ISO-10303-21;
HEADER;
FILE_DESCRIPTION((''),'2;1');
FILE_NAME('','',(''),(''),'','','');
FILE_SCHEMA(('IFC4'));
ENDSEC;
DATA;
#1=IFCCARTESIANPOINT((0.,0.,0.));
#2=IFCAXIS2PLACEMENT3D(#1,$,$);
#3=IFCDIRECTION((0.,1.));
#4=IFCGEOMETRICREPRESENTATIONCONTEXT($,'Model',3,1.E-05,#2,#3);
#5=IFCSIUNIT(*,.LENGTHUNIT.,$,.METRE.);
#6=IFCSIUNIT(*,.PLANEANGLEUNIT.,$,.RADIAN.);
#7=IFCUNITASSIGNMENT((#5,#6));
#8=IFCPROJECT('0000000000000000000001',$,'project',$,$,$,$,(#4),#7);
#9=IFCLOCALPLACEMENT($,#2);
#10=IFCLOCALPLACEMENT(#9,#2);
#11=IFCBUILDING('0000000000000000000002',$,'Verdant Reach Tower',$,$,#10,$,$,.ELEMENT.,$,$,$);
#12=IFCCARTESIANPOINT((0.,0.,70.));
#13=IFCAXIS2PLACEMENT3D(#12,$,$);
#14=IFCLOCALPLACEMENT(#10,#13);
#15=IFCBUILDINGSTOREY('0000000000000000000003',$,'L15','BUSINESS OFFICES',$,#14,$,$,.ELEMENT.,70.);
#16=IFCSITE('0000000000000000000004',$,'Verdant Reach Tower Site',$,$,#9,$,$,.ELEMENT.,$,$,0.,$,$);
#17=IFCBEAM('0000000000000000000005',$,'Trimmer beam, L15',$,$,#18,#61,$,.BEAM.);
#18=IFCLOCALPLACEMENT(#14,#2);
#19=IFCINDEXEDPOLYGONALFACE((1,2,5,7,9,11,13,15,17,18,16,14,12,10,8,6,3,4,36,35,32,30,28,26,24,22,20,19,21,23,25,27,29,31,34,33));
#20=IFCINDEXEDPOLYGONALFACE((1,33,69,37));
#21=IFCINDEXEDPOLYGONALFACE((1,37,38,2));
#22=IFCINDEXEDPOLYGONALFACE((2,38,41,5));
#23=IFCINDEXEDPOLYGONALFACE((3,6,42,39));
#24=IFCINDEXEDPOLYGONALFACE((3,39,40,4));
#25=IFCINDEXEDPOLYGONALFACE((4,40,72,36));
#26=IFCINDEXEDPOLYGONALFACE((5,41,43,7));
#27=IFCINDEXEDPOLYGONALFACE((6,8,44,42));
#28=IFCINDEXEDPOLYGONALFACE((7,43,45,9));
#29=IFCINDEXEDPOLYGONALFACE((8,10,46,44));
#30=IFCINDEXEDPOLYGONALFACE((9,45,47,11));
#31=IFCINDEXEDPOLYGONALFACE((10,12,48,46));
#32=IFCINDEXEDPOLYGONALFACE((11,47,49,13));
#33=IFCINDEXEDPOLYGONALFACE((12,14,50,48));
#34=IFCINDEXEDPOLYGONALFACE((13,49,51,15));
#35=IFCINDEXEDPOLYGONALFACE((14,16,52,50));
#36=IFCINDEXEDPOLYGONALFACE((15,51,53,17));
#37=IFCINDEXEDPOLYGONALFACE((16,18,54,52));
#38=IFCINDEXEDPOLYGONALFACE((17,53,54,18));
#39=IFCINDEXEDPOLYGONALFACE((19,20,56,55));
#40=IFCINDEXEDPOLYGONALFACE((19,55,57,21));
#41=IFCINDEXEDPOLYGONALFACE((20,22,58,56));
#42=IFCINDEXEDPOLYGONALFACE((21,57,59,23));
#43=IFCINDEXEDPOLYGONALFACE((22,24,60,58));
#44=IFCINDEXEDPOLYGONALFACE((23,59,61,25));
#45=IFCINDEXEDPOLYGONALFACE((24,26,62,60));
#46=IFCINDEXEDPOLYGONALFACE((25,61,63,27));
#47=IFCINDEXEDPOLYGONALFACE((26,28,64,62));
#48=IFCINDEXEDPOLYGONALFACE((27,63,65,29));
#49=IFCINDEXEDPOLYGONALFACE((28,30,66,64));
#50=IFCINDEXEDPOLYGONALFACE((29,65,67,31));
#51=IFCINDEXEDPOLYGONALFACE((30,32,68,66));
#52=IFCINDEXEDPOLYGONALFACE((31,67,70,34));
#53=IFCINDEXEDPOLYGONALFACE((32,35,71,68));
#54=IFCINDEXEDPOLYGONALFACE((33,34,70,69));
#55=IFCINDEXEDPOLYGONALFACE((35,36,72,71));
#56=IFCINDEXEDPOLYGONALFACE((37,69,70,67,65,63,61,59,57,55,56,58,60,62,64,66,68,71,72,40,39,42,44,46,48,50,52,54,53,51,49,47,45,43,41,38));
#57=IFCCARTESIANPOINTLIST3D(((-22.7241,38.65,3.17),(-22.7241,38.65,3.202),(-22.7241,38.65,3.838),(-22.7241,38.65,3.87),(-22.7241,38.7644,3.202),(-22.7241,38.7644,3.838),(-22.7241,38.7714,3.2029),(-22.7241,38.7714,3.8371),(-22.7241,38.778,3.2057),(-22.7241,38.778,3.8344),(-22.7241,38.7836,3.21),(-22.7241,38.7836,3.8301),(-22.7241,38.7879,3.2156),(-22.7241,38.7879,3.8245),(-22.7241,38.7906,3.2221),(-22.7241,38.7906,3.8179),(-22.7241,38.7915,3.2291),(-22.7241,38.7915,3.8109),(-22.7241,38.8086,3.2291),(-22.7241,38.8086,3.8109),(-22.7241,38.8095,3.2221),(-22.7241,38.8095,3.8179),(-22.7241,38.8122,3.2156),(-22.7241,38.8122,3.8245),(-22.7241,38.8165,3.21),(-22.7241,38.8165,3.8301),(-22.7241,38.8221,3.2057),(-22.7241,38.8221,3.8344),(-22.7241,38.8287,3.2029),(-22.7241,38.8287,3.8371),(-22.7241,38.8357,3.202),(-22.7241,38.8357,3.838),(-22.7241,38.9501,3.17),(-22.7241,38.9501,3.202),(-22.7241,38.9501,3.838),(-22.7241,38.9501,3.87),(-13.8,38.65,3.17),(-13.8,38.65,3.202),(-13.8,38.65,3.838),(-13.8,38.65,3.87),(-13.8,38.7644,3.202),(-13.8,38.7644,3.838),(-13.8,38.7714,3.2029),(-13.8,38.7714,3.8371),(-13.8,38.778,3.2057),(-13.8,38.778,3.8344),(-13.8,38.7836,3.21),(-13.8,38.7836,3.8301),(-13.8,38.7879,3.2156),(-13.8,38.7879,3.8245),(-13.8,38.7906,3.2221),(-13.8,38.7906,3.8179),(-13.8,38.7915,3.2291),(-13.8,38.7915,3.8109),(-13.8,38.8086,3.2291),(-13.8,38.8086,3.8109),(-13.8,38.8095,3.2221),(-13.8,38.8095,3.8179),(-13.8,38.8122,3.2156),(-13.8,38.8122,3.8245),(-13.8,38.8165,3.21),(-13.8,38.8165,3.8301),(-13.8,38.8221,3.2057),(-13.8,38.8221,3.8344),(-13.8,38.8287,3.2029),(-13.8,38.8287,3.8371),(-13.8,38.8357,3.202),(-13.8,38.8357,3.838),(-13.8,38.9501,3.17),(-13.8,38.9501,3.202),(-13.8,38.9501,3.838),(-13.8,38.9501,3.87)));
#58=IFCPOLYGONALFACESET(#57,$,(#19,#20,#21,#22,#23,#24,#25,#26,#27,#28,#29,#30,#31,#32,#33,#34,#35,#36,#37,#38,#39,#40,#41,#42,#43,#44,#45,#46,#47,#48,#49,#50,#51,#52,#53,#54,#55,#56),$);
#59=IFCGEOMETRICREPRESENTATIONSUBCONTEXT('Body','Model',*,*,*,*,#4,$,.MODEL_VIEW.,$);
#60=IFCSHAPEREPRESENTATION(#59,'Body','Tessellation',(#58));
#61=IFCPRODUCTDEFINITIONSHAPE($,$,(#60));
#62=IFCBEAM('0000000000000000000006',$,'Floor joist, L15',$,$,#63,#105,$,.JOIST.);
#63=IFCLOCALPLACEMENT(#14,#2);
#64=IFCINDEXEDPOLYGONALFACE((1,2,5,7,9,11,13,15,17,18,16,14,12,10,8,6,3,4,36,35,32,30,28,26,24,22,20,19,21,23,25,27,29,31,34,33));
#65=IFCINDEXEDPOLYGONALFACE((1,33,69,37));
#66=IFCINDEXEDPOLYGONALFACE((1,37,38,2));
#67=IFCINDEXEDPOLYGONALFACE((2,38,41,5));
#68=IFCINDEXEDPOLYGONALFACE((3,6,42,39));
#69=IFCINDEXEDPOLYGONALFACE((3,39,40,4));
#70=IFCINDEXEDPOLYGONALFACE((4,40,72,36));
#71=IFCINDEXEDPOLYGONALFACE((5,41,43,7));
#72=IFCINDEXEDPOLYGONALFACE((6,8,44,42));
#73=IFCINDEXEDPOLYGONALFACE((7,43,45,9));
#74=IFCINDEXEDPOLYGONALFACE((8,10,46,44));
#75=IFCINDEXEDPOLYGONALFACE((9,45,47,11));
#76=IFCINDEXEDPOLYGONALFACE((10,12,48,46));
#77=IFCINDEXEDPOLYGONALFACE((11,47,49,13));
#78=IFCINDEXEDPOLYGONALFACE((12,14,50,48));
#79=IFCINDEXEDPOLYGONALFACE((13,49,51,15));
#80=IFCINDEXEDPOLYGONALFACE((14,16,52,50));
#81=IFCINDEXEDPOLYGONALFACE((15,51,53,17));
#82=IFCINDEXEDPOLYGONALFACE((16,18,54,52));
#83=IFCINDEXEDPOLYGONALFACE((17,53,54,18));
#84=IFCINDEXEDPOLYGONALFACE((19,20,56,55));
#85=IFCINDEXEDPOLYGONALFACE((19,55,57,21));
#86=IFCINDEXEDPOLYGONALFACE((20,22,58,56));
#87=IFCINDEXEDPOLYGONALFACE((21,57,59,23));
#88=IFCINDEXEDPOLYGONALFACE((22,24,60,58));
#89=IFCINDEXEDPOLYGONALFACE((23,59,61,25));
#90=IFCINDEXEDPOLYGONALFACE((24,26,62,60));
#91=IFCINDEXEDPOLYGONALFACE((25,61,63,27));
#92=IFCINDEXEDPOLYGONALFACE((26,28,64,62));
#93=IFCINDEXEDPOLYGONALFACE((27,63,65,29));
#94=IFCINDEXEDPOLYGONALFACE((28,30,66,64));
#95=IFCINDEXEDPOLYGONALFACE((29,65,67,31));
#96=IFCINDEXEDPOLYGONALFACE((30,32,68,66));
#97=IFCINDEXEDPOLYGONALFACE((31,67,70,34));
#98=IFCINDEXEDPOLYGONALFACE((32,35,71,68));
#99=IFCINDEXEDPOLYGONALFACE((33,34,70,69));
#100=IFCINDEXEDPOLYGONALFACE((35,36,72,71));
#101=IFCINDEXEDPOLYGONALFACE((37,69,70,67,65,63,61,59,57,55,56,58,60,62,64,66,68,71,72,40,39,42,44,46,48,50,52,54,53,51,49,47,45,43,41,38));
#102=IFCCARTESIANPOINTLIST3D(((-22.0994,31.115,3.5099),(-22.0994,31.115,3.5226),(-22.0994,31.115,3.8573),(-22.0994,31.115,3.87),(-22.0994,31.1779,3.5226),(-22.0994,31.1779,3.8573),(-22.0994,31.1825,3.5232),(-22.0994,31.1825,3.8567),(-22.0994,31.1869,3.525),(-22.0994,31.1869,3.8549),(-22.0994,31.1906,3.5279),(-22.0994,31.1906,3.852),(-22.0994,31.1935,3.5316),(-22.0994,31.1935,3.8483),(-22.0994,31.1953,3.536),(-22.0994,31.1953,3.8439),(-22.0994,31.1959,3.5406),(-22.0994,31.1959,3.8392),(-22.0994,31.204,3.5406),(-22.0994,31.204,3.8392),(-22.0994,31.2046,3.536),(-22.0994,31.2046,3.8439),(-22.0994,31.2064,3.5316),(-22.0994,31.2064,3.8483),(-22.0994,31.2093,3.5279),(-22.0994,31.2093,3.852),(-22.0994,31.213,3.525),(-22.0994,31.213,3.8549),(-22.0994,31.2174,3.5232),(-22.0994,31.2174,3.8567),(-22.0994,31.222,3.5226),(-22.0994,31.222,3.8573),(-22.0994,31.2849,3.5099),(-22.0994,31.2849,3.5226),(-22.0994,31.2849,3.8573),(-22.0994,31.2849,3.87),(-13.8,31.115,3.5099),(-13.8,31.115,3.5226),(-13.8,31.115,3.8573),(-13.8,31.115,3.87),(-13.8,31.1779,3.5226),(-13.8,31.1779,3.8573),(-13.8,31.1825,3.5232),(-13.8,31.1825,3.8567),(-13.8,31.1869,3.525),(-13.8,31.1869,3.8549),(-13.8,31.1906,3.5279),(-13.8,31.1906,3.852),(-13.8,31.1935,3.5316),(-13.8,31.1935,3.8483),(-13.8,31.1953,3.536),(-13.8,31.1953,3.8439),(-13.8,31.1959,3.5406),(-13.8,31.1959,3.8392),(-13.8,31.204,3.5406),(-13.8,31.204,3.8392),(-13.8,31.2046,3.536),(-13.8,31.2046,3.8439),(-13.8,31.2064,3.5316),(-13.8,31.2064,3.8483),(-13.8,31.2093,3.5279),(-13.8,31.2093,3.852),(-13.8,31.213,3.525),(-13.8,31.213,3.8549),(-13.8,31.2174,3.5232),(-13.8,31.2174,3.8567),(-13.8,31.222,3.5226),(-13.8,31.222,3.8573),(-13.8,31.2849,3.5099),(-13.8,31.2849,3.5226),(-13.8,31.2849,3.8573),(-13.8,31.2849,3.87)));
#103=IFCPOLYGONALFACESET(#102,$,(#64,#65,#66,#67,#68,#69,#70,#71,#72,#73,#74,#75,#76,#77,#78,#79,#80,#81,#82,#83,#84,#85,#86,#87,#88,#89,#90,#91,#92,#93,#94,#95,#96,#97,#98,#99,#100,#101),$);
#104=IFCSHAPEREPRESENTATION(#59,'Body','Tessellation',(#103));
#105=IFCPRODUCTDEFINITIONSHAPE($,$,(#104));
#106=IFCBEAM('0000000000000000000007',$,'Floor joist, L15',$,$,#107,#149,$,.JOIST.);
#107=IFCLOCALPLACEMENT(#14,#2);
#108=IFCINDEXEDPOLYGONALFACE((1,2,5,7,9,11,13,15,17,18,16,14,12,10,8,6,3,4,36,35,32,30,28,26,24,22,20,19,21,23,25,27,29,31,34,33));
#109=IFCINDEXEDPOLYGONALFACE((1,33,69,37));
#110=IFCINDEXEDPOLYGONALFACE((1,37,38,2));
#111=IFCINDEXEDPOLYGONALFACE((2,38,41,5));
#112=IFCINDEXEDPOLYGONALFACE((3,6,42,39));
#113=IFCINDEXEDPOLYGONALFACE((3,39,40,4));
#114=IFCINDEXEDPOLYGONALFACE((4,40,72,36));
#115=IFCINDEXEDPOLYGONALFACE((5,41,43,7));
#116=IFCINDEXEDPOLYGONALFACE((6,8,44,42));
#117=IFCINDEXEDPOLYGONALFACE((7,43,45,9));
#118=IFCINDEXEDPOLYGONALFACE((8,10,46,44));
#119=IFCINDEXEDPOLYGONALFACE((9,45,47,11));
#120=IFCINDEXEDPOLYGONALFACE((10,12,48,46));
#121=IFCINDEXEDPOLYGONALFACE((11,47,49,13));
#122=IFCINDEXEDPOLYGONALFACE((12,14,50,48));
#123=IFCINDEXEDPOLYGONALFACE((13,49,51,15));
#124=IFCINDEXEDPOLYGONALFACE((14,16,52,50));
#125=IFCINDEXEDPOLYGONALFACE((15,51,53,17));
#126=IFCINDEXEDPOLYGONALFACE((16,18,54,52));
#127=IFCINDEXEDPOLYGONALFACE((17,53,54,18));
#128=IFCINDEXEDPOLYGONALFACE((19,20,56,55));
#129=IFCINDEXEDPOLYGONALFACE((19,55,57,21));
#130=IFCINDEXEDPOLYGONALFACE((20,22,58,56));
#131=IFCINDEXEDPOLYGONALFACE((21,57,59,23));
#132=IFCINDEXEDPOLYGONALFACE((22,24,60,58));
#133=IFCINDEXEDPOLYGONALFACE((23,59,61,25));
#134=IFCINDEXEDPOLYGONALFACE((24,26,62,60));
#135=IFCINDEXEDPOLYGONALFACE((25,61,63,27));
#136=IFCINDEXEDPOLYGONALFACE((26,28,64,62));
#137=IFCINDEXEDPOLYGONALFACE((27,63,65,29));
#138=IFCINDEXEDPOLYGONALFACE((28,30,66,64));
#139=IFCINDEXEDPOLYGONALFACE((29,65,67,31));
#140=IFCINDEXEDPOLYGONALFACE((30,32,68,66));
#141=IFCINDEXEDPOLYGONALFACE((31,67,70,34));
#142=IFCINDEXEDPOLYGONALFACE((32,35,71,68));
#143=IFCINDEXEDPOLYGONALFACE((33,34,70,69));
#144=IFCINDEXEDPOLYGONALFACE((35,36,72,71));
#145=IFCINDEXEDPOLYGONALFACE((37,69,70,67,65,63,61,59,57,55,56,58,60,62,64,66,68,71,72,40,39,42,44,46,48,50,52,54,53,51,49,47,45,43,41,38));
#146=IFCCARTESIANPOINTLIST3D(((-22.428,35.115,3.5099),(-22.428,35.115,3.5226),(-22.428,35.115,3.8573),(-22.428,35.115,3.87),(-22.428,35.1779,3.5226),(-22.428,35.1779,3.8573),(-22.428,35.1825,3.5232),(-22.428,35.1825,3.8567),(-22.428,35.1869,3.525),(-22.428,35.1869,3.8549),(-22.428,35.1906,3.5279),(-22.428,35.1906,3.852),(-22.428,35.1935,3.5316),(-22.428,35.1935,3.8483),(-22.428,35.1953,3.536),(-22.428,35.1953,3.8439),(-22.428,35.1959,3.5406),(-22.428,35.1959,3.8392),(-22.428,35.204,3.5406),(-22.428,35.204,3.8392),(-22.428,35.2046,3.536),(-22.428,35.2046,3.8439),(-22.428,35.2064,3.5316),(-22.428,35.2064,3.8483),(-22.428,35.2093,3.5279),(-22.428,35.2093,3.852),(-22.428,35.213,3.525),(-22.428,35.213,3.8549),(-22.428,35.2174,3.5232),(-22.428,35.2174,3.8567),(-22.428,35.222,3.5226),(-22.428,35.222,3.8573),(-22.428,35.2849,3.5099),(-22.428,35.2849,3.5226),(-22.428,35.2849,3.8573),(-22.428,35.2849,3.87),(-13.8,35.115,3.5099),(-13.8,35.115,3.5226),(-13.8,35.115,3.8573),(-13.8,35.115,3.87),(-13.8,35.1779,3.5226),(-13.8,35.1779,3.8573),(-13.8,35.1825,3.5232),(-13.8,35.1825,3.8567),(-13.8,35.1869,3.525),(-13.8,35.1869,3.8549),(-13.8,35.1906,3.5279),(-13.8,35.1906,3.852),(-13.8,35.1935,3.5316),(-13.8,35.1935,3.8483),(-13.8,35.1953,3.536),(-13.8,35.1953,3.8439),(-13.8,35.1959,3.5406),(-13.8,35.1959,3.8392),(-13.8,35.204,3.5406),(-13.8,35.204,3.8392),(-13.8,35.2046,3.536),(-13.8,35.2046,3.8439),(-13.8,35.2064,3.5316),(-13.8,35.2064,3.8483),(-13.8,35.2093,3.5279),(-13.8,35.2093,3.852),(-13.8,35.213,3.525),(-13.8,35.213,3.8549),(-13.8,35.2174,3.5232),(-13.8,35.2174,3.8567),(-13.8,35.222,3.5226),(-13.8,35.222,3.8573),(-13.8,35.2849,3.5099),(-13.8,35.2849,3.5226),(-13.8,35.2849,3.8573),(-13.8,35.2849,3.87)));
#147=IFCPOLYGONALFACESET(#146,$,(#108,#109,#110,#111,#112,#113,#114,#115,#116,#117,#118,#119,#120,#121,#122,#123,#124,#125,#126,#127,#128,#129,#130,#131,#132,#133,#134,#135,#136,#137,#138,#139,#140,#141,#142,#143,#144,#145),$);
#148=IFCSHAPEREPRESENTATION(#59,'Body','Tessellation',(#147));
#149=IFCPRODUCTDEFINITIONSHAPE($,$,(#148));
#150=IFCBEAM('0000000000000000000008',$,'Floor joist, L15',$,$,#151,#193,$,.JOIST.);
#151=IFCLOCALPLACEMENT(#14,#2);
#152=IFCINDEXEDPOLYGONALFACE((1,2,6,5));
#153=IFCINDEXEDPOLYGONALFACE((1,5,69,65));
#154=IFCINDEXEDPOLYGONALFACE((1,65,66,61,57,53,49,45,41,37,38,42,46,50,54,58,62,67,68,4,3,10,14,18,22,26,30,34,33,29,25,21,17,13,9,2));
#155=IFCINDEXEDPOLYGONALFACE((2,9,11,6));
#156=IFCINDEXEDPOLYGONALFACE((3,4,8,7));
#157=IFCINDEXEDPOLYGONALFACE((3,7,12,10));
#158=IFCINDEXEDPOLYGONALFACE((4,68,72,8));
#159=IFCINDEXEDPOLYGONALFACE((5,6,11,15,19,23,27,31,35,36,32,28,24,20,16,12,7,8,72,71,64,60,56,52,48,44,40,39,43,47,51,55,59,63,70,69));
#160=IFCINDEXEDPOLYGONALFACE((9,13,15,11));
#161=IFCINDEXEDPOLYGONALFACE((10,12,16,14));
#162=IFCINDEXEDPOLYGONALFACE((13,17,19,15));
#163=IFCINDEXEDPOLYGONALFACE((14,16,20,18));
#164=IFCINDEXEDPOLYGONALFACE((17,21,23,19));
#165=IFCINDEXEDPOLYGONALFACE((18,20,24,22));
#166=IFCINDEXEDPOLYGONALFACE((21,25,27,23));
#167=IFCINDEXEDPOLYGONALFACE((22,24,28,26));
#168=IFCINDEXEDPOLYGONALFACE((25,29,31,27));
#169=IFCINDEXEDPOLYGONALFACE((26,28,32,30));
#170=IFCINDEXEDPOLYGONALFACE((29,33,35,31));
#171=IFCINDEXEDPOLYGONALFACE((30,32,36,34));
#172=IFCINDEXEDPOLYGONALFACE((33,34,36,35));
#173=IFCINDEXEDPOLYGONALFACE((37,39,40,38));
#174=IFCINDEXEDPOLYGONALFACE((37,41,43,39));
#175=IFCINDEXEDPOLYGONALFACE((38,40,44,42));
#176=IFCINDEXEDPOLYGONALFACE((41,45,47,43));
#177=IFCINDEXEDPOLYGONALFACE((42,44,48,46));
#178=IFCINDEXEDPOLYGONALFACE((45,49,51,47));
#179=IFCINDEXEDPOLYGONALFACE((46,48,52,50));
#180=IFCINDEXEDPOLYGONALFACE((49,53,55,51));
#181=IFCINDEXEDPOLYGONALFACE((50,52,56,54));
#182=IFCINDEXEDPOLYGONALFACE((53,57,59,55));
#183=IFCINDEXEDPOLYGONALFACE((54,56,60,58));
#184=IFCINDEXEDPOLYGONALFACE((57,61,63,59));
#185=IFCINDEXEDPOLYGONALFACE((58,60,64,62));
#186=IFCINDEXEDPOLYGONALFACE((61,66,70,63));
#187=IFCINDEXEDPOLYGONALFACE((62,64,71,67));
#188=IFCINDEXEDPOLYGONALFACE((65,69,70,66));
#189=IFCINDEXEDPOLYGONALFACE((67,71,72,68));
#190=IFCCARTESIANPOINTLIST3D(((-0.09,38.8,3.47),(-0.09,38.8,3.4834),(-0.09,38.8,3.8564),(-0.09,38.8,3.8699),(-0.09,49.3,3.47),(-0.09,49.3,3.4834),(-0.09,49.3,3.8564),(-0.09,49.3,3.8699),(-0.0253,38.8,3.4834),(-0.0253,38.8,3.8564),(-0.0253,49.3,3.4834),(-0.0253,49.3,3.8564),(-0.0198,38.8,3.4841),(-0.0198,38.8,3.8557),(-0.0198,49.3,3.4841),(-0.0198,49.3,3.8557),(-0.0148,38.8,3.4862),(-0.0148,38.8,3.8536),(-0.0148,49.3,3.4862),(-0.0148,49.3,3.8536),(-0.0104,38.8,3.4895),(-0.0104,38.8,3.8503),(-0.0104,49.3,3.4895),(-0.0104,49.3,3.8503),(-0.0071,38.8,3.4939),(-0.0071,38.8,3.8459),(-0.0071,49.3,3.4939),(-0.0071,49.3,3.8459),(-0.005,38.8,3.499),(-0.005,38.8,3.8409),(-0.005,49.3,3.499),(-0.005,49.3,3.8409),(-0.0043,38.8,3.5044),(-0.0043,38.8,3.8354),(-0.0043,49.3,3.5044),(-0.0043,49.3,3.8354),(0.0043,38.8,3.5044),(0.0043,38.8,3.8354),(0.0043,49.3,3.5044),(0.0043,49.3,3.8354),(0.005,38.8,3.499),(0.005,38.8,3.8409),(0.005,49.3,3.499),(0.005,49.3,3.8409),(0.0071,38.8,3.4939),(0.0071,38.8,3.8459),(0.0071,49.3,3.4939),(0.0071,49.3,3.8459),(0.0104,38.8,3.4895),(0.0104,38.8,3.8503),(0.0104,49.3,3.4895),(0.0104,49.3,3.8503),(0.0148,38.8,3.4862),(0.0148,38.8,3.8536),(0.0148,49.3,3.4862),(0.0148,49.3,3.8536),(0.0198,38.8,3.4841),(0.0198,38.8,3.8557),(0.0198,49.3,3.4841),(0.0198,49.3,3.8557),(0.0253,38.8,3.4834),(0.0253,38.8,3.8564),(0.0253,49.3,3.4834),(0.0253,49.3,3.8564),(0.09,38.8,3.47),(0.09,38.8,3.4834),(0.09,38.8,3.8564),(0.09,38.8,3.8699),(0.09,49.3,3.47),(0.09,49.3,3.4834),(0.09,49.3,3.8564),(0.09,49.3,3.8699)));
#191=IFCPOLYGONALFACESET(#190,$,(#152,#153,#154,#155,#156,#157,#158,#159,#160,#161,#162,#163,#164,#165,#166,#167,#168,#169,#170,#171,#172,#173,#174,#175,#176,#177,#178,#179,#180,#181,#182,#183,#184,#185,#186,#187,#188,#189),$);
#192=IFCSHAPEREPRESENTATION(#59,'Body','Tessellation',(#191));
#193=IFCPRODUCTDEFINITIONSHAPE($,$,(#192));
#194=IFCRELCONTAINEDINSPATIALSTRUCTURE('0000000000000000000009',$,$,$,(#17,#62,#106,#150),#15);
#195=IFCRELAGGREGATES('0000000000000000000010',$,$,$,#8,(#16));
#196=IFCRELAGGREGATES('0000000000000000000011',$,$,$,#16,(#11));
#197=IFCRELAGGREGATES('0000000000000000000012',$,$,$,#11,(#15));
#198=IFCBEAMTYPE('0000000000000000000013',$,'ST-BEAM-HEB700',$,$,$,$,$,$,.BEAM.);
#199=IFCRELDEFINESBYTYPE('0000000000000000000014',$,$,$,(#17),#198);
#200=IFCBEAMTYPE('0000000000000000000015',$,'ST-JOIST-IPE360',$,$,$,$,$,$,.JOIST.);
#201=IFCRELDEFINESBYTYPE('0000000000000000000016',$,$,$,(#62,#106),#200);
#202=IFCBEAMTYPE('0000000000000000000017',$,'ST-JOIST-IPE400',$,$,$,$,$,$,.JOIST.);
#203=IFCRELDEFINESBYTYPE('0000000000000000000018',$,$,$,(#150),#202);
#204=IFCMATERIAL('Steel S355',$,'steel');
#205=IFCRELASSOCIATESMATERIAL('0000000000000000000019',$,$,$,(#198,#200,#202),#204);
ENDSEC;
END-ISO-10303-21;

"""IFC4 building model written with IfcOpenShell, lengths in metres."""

from ifc_helpers import new_model, si_unit, direction, frame, origin, origin_2d, place, context, subcontext, project, spatial, i_section, extrude, material, material_profile, profile_set, type_object, element, save


model = new_model("IFC4")

# Units and contexts
model_context = context("Model", 3, precision=1e-05, world=origin(), true_north=direction((0.0, 1.0)))
body_context = subcontext(model_context, "Body", "Model", "MODEL_VIEW")
ifc_project = project(units=[si_unit("LENGTHUNIT", "METRE"), si_unit("PLANEANGLEUNIT", "RADIAN")], contexts=[model_context])

# Site, building, storey
site_placement = place(None, origin())
site = spatial("IfcSite", under=ifc_project, at=site_placement, Name="Verdant Reach Tower Site", CompositionType="ELEMENT", RefElevation=0.0)
building_placement = place(site_placement, origin())
building = spatial("IfcBuilding", under=site, at=building_placement, Name="Verdant Reach Tower", CompositionType="ELEMENT")
storey_placement = place(building_placement, frame((0.0, 0.0, 70.0)))
storey = spatial("IfcBuildingStorey", under=building, at=storey_placement, Name="L15", Description="BUSINESS OFFICES", CompositionType="ELEMENT", Elevation=70.0)

# Beams
ifc_material_1 = material(Name="Steel S355", Category="steel")
ifc_material_profile_1 = material_profile(ifc_material_1, i_section(OverallWidth=0.3, OverallDepth=0.7, WebThickness=0.0171, FlangeThickness=0.032, FilletRadius=0.0271, at=origin_2d()), Name="HEB 700")
ifc_profile_set_1 = profile_set([ifc_material_profile_1], Name="Steel S355")
beam_type_1 = type_object("IfcBeamType", Name="ST-BEAM-HEB700", PredefinedType="BEAM", material=ifc_profile_set_1)
beam_1_placement = place(storey_placement, frame((-13.8, 38.8, 3.52), z_axis=(-1.0, 0.0, 0.0), x_axis=(0.0, -1.0, 0.0)))
element("IfcBeam", 1, at=beam_1_placement, inside=storey, type_object=beam_type_1, Name="Trimmer beam, L15", PredefinedType="BEAM", context=body_context, shape_type="SweptSolid", body=[
    extrude(i_section(OverallWidth=0.3, OverallDepth=0.7, WebThickness=0.0171, FlangeThickness=0.032, FilletRadius=0.0271, at=origin_2d()), origin(), (0.0, 0.0, 1.0), 8.9241),
])
ifc_material_profile_2 = material_profile(ifc_material_1, i_section(OverallWidth=0.1699, OverallDepth=0.3601, WebThickness=0.0081, FlangeThickness=0.0127, FilletRadius=0.0181, at=origin_2d()), Name="IPE 360")
ifc_profile_set_2 = profile_set([ifc_material_profile_2], Name="Steel S355")
beam_type_2 = type_object("IfcBeamType", Name="ST-JOIST-IPE360", PredefinedType="JOIST", material=ifc_profile_set_2)
beam_2_placement = place(storey_placement, frame((-13.8, 31.2, 3.6899), z_axis=(-1.0, 0.0, 0.0), x_axis=(0.0, -1.0, 0.0)))
element("IfcBeam", 2, at=beam_2_placement, inside=storey, type_object=beam_type_2, Name="Floor joist, L15", PredefinedType="JOIST", context=body_context, shape_type="SweptSolid", body=[
    extrude(i_section(OverallWidth=0.1699, OverallDepth=0.3601, WebThickness=0.0081, FlangeThickness=0.0127, FilletRadius=0.0181, at=origin_2d()), origin(), (0.0, 0.0, 1.0), 8.2993),
])
beam_3_placement = place(storey_placement, frame((-13.8, 35.2, 3.6899), z_axis=(-1.0, 0.0, 0.0), x_axis=(0.0, -1.0, 0.0)))
element("IfcBeam", 3, at=beam_3_placement, inside=storey, type_object=beam_type_2, Name="Floor joist, L15", PredefinedType="JOIST", context=body_context, shape_type="SweptSolid", body=[
    extrude(i_section(OverallWidth=0.1699, OverallDepth=0.3601, WebThickness=0.0081, FlangeThickness=0.0127, FilletRadius=0.0181, at=origin_2d()), origin(), (0.0, 0.0, 1.0), 8.6279),
])
ifc_material_profile_3 = material_profile(ifc_material_1, i_section(OverallWidth=0.1799, OverallDepth=0.3999, WebThickness=0.0085, FlangeThickness=0.0134, FilletRadius=0.021, at=origin_2d()), Name="IPE 400")
ifc_profile_set_3 = profile_set([ifc_material_profile_3], Name="Steel S355")
beam_type_3 = type_object("IfcBeamType", Name="ST-JOIST-IPE400", PredefinedType="JOIST", material=ifc_profile_set_3)
beam_4_placement = place(storey_placement, frame((0.0, 38.8, 3.6699), z_axis=(0.0, 1.0, 0.0), x_axis=(-1.0, 0.0, 0.0)))
element("IfcBeam", 4, at=beam_4_placement, inside=storey, type_object=beam_type_3, Name="Floor joist, L15", PredefinedType="JOIST", context=body_context, shape_type="SweptSolid", body=[
    extrude(i_section(OverallWidth=0.1799, OverallDepth=0.3999, WebThickness=0.0085, FlangeThickness=0.0134, FilletRadius=0.021, at=origin_2d()), origin(), (0.0, 0.0, 1.0), 10.5),
])

save(model, "model.ifc")
